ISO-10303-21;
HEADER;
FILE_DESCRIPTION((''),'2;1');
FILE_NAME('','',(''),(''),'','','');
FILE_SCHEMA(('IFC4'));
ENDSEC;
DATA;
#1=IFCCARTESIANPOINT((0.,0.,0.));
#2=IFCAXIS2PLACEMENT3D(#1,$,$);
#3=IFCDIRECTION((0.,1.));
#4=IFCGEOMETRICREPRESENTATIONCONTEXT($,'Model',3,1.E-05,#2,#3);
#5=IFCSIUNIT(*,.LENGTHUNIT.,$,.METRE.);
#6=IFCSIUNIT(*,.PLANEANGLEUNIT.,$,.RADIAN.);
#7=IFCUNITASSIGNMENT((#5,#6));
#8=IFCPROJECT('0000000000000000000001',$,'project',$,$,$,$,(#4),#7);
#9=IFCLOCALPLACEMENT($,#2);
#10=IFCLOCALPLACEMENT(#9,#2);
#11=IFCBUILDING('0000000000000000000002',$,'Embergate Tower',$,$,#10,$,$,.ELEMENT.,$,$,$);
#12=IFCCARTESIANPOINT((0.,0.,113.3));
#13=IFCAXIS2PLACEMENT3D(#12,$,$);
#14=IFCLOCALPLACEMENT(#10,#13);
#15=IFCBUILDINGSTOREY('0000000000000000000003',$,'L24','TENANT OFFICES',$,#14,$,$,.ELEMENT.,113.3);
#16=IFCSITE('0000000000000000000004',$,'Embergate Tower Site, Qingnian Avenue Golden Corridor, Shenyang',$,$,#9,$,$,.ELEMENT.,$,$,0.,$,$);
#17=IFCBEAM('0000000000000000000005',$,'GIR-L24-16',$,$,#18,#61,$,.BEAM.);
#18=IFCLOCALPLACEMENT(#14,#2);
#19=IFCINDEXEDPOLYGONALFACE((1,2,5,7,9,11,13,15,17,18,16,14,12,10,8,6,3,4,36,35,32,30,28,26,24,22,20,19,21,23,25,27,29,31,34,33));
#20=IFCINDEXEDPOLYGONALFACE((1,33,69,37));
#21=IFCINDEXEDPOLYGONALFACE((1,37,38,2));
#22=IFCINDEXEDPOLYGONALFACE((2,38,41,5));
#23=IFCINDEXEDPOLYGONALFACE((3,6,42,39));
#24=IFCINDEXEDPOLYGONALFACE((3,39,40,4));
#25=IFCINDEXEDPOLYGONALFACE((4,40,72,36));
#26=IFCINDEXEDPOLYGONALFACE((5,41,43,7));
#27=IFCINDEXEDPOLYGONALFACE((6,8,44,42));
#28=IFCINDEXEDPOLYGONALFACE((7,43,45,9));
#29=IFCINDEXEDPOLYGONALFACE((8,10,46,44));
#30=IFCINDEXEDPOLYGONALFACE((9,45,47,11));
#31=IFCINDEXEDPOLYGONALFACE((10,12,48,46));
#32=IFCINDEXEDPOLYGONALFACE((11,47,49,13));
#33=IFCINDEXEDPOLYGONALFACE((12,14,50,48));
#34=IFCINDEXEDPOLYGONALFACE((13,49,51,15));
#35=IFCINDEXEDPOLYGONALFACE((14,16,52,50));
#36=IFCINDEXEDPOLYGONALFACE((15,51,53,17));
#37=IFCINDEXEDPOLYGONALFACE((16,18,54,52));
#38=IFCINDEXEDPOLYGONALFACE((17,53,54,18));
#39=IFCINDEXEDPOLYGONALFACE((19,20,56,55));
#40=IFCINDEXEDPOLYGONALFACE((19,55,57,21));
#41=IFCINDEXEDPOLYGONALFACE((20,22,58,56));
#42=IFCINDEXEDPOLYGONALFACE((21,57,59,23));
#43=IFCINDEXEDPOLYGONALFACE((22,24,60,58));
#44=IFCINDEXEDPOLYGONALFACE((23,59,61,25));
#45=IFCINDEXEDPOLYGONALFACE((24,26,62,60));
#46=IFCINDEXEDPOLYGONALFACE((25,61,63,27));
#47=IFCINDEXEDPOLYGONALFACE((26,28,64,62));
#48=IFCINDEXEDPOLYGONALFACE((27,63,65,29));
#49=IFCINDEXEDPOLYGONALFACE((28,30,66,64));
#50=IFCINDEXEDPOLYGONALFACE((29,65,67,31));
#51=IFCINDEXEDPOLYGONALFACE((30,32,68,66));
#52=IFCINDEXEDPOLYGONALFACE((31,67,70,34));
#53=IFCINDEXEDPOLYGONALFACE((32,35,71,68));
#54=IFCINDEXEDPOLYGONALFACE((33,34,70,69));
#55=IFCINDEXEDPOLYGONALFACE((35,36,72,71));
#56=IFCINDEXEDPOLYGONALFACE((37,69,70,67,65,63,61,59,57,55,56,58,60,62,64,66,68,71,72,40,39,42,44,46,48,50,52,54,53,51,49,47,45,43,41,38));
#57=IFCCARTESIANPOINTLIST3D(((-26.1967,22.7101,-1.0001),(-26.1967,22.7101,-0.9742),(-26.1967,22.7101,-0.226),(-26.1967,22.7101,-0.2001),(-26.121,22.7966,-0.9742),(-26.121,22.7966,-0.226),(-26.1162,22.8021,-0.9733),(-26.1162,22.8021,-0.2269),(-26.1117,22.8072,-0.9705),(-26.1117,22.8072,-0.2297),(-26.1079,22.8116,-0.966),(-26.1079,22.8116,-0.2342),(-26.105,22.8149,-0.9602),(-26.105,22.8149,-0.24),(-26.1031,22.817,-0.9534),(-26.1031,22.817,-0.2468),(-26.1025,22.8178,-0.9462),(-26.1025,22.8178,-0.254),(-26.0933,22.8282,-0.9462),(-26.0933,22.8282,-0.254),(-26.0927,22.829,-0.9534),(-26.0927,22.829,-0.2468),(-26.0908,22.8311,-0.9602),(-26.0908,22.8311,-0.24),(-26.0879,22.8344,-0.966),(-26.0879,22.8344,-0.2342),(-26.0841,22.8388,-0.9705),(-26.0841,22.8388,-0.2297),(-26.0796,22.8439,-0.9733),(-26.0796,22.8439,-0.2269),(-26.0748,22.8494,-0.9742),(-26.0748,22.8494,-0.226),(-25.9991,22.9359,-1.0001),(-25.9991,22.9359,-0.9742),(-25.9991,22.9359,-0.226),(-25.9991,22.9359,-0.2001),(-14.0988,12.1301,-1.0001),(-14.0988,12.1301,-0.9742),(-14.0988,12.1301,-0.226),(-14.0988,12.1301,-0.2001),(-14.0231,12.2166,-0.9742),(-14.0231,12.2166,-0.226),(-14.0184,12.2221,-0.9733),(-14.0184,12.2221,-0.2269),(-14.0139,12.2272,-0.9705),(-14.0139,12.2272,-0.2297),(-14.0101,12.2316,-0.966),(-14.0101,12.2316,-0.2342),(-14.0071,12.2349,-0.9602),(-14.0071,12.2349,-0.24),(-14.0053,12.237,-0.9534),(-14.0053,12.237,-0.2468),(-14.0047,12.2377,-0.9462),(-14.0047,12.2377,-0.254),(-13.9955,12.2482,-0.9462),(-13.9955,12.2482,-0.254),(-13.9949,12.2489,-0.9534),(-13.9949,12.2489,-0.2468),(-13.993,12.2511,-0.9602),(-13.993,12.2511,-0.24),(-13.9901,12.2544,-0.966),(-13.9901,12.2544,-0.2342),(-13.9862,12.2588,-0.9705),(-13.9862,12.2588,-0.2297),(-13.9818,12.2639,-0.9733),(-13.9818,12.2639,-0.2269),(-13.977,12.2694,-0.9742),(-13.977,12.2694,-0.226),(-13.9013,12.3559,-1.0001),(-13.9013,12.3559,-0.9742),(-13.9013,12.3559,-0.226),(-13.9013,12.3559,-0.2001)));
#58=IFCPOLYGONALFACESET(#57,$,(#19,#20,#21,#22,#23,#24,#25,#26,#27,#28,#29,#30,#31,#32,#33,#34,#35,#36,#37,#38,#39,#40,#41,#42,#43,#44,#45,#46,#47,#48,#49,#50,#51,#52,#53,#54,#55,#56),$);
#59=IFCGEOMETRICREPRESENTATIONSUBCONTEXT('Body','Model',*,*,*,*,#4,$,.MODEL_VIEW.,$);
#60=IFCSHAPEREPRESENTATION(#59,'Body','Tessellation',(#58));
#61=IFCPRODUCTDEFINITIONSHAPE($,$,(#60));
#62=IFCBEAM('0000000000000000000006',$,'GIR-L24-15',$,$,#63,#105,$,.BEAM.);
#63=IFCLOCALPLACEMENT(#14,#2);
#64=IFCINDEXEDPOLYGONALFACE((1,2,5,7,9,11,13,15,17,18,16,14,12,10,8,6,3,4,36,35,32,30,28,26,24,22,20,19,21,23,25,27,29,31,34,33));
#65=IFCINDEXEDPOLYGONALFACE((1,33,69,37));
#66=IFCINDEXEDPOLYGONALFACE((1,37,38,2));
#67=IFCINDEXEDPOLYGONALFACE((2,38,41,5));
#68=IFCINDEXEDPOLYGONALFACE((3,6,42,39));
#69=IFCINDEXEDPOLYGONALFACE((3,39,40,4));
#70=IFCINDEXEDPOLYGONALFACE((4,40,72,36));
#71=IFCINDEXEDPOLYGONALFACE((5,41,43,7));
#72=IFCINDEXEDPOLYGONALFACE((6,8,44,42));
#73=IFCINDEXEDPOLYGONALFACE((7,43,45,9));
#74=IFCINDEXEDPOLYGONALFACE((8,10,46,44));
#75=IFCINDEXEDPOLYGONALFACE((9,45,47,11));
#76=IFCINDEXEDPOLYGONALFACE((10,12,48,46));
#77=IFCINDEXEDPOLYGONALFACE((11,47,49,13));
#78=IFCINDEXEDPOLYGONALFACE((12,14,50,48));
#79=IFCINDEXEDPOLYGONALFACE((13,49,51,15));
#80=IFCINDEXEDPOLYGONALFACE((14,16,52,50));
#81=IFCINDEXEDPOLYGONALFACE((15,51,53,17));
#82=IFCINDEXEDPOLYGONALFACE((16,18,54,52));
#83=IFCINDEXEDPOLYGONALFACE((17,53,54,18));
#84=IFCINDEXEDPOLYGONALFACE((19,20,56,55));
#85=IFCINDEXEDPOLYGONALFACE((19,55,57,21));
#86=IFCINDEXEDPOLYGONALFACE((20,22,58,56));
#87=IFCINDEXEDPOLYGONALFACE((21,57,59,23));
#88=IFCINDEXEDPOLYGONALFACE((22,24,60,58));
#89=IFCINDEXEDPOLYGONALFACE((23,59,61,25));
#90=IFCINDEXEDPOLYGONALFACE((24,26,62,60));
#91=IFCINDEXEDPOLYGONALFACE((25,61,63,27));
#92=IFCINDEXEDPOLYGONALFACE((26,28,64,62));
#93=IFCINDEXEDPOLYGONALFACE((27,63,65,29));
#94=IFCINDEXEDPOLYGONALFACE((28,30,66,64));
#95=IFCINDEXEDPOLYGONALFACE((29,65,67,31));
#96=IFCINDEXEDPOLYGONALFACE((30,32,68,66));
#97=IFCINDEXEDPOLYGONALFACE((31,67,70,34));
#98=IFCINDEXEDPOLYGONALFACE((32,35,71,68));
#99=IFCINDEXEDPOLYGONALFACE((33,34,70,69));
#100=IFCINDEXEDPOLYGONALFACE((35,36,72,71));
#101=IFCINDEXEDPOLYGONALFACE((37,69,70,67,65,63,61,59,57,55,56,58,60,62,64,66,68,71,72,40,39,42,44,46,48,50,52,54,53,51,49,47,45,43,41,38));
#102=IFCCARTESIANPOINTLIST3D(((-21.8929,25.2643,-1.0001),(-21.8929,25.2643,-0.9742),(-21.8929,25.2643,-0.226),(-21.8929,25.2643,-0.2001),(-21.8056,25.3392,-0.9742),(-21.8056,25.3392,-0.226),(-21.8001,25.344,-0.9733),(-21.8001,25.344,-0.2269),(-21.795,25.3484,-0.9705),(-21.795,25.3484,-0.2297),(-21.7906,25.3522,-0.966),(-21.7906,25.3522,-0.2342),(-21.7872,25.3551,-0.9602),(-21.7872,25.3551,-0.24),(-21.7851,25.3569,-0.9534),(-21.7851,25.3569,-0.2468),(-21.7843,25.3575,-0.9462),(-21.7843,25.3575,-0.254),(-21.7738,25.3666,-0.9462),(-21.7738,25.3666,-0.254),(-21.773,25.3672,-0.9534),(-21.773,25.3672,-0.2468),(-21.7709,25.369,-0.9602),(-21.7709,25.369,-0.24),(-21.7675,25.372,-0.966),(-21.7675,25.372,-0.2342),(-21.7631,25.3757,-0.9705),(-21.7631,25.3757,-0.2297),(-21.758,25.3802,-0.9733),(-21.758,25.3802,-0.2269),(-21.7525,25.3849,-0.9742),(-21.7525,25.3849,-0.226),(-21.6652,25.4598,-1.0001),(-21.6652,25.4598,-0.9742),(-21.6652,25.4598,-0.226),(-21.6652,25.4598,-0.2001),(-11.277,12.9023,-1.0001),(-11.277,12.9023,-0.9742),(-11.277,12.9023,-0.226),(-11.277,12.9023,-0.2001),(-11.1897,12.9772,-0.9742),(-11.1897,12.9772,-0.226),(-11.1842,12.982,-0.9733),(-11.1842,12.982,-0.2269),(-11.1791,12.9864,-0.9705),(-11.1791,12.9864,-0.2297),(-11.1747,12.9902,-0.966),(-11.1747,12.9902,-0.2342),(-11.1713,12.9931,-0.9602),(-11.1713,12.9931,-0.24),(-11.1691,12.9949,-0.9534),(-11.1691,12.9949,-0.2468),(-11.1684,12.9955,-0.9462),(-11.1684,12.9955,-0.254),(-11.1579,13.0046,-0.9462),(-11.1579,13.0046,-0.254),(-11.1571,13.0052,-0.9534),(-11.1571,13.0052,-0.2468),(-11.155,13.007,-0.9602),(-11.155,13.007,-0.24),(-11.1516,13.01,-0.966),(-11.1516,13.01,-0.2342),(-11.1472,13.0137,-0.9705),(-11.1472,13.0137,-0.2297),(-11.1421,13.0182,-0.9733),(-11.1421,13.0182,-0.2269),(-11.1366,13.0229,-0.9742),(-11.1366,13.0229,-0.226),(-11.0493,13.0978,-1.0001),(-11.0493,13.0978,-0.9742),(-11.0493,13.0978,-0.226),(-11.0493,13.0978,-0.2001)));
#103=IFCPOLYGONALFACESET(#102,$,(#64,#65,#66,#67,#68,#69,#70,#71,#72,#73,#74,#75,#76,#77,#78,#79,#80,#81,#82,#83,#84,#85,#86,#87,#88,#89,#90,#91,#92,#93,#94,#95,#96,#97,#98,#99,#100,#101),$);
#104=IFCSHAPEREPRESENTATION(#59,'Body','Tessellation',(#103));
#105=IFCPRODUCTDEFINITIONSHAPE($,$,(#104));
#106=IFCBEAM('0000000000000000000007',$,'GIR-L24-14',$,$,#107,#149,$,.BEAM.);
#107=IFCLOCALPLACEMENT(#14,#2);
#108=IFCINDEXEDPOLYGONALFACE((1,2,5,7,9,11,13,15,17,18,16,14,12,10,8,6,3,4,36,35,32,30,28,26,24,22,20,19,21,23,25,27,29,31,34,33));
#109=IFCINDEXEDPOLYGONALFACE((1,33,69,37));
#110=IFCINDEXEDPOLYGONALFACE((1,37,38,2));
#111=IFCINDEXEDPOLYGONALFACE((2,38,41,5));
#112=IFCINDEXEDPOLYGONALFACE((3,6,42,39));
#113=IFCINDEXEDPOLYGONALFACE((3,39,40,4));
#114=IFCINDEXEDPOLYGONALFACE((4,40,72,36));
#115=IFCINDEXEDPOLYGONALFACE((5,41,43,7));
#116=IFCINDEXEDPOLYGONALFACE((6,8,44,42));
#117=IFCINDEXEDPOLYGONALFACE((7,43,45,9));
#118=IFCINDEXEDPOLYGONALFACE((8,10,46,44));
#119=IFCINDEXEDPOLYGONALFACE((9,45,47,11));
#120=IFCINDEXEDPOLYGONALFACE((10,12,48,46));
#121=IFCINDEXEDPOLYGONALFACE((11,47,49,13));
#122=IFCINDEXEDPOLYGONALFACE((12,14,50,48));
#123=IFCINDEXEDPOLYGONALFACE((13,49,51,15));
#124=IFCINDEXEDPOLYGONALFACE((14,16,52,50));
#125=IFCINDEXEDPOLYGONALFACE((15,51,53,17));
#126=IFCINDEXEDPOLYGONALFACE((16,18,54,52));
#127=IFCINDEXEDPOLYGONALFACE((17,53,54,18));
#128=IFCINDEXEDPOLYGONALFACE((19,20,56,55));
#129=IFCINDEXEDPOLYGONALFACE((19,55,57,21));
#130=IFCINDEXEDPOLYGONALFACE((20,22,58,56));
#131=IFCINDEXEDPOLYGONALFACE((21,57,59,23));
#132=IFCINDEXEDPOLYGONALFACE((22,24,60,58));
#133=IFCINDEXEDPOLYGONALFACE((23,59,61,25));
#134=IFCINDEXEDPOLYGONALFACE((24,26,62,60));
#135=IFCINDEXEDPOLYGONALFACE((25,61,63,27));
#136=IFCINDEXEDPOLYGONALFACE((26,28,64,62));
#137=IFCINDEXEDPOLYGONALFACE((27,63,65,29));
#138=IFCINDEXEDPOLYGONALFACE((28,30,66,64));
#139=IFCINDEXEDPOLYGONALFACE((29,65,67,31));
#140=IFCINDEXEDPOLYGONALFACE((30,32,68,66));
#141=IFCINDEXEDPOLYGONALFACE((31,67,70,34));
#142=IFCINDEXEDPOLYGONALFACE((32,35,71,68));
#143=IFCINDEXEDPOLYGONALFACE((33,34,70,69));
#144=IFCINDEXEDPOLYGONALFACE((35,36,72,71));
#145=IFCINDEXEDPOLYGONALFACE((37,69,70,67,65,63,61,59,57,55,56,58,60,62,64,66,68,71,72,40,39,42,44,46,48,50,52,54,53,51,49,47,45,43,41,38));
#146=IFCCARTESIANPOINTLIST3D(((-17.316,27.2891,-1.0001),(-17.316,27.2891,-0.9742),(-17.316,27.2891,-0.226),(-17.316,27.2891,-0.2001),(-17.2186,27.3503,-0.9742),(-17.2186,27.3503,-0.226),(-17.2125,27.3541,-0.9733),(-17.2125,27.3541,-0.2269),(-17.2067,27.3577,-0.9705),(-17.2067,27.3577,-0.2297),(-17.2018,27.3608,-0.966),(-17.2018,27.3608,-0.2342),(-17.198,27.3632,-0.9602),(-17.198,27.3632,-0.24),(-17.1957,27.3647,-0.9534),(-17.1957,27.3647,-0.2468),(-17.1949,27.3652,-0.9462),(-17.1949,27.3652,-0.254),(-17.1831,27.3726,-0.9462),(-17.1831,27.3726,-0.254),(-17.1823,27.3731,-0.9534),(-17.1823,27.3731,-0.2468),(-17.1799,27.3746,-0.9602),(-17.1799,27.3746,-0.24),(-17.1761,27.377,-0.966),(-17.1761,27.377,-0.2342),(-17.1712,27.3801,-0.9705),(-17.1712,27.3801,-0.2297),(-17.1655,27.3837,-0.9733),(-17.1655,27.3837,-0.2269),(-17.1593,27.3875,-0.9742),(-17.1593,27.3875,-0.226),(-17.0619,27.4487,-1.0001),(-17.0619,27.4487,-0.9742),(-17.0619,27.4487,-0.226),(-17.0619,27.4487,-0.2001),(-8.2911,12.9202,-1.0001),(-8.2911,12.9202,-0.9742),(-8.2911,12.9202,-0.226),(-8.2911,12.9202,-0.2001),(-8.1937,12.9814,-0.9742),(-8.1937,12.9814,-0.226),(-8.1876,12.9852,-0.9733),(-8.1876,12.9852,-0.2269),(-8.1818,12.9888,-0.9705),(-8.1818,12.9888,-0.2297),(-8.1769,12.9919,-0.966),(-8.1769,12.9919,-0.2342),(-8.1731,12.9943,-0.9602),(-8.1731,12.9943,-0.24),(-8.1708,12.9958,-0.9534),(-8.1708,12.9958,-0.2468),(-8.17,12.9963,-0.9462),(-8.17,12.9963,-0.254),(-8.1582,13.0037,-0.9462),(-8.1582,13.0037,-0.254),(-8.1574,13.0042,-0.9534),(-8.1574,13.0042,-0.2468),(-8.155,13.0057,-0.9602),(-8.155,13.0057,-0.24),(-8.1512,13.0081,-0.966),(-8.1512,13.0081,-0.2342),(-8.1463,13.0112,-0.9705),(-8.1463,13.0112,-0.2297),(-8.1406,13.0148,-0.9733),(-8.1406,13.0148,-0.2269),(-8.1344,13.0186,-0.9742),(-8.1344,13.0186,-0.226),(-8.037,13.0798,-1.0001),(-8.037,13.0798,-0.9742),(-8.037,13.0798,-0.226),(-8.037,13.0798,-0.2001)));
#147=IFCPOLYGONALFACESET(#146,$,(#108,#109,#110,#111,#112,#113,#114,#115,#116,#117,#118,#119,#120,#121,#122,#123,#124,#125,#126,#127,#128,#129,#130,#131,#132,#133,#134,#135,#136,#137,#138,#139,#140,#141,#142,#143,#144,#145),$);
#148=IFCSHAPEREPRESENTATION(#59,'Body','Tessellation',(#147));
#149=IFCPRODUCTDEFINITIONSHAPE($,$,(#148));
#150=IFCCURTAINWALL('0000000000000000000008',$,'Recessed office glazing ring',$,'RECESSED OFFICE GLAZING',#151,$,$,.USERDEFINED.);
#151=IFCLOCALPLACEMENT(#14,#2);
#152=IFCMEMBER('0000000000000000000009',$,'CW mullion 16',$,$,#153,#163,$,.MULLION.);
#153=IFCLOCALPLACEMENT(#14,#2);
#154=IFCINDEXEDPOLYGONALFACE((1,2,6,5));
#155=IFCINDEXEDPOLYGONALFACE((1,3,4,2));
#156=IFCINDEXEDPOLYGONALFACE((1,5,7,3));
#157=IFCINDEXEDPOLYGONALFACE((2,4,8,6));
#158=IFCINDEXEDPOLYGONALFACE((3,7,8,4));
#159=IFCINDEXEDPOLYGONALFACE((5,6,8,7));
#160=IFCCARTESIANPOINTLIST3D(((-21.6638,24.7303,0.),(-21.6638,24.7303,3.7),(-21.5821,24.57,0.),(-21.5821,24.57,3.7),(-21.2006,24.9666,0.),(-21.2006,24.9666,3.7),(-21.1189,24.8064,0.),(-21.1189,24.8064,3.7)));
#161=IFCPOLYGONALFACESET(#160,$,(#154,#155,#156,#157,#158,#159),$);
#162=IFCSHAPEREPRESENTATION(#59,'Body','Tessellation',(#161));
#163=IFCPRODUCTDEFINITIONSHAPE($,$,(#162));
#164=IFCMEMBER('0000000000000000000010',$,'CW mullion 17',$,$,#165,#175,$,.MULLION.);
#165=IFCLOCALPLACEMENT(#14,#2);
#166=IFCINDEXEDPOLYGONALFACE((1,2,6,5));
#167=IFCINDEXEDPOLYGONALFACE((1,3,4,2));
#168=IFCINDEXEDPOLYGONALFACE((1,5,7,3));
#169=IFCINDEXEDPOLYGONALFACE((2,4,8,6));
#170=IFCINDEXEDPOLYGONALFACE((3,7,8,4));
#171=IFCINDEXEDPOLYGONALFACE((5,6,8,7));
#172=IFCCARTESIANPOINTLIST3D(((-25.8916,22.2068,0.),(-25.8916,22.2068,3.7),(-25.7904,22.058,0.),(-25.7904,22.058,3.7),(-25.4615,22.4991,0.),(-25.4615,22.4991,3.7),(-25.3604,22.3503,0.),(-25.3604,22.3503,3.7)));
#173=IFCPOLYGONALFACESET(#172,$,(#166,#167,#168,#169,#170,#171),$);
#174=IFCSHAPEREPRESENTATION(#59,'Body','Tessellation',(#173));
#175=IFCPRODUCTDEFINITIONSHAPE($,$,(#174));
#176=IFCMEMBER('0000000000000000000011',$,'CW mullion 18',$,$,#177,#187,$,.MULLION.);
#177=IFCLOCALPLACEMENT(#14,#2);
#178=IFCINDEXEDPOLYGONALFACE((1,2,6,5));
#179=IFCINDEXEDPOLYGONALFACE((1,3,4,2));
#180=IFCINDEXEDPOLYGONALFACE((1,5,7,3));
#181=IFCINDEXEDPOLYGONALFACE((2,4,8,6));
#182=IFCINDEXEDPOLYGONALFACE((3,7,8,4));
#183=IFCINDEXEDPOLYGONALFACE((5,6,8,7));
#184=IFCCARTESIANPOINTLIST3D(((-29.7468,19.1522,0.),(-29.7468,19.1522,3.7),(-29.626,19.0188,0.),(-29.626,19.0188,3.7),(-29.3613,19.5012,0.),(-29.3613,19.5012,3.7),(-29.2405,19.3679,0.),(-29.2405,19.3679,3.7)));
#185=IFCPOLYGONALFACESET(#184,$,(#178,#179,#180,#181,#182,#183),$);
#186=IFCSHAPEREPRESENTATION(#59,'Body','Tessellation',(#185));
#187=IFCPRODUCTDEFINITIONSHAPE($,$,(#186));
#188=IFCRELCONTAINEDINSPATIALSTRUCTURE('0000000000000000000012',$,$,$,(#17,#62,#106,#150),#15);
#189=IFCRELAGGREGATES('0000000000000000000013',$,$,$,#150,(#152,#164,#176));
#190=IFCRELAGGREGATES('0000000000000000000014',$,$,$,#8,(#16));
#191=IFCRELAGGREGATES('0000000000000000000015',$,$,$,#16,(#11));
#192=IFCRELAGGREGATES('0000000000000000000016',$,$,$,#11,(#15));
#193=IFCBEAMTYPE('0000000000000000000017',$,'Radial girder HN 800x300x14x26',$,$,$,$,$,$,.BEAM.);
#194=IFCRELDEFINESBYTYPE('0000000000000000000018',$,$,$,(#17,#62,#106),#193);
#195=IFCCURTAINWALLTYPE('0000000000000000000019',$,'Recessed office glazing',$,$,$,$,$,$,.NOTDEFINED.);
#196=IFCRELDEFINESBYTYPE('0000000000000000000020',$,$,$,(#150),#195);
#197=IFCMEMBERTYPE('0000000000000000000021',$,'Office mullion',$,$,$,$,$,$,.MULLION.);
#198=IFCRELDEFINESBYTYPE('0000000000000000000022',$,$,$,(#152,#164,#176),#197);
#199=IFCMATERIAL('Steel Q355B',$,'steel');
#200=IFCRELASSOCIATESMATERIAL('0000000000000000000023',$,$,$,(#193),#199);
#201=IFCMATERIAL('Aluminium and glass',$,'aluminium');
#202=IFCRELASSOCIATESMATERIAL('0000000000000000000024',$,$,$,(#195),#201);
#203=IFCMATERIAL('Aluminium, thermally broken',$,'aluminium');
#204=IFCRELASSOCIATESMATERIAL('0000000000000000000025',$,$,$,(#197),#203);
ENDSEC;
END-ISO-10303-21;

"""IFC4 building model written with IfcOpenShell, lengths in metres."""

from ifc_helpers import new_model, si_unit, direction, frame, origin, origin_2d, place, context, subcontext, project, spatial, rectangle, i_section, extrude, source, transform, mapped, material, material_profile, profile_set, type_object, element, aggregate, save


model = new_model("IFC4")

# Units and contexts
model_context = context("Model", 3, precision=1e-05, world=origin(), true_north=direction((0.0, 1.0)))
body_context = subcontext(model_context, "Body", "Model", "MODEL_VIEW")
ifc_project = project(units=[si_unit("LENGTHUNIT", "METRE"), si_unit("PLANEANGLEUNIT", "RADIAN")], contexts=[model_context])

# Site, building, storey
site_placement = place(None, origin())
site = spatial("IfcSite", under=ifc_project, at=site_placement, Name="Embergate Tower Site, Qingnian Avenue Golden Corridor, Shenyang", CompositionType="ELEMENT", RefElevation=0.0)
building_placement = place(site_placement, origin())
building = spatial("IfcBuilding", under=site, at=building_placement, Name="Embergate Tower", CompositionType="ELEMENT")
storey_placement = place(building_placement, frame((0.0, 0.0, 113.3)))
storey = spatial("IfcBuildingStorey", under=building, at=storey_placement, Name="L24", Description="TENANT OFFICES", CompositionType="ELEMENT", Elevation=113.3)

# Beams
ifc_material_1 = material(Name="Steel Q355B", Category="steel")
ifc_material_profile_1 = material_profile(ifc_material_1, i_section(OverallWidth=0.3, OverallDepth=0.8, WebThickness=0.0139, FlangeThickness=0.0259, FilletRadius=0.0281, at=origin_2d()), Name="HN 800x300x14x26")
ifc_profile_set_1 = profile_set([ifc_material_profile_1], Name="Steel Q355 grade B")
beam_type_1 = type_object("IfcBeamType", Name="Radial girder HN 800x300x14x26", PredefinedType="BEAM", material=ifc_profile_set_1)
shared_shape_1 = source(origin(), body_context, "Body", "SweptSolid", [
    extrude(i_section(OverallWidth=0.3, OverallDepth=0.8, WebThickness=0.0139, FlangeThickness=0.0259, FilletRadius=0.0281, at=origin_2d()), origin(), (0.0, 0.0, 1.0), 16.0715),
])
beam_1_placement = place(storey_placement, frame((-26.0979, 22.823, -0.6001), z_axis=(0.752749, -0.658308, 0.0), x_axis=(0.658308, 0.752749, 0.0)))
element("IfcBeam", 1, at=beam_1_placement, inside=storey, type_object=beam_type_1, Name="GIR-L24-16", PredefinedType="BEAM", context=body_context, shape_type="MappedRepresentation", body=[
    mapped(shared_shape_1, transform((0.0, 0.0, 0.0))),
])
shared_shape_2 = source(origin(), body_context, "Body", "SweptSolid", [
    extrude(i_section(OverallWidth=0.3, OverallDepth=0.8, WebThickness=0.0139, FlangeThickness=0.0259, FilletRadius=0.0281, at=origin_2d()), origin(), (0.0, 0.0, 1.0), 16.2947),
])
beam_2_placement = place(storey_placement, frame((-21.7791, 25.3621, -0.6001), z_axis=(0.651496, -0.758652, 0.0), x_axis=(0.758652, 0.651496, 0.0)))
element("IfcBeam", 2, at=beam_2_placement, inside=storey, type_object=beam_type_1, Name="GIR-L24-15", PredefinedType="BEAM", context=body_context, shape_type="MappedRepresentation", body=[
    mapped(shared_shape_2, transform((0.0, 0.0, 0.0))),
])
shared_shape_3 = source(origin(), body_context, "Body", "SweptSolid", [
    extrude(i_section(OverallWidth=0.3, OverallDepth=0.8, WebThickness=0.0139, FlangeThickness=0.0259, FilletRadius=0.0281, at=origin_2d()), origin(), (0.0, 0.0, 1.0), 16.968),
])
beam_3_placement = place(storey_placement, frame((-17.189, 27.3689, -0.6001), z_axis=(0.531877, -0.846822, 0.0), x_axis=(0.846822, 0.531877, 0.0)))
element("IfcBeam", 3, at=beam_3_placement, inside=storey, type_object=beam_type_1, Name="GIR-L24-14", PredefinedType="BEAM", context=body_context, shape_type="MappedRepresentation", body=[
    mapped(shared_shape_3, transform((0.0, 0.0, 0.0))),
])

# Curtain wall, members
ifc_material_2 = material(Name="Aluminium and glass", Category="aluminium")
curtain_wall_type = type_object("IfcCurtainWallType", Name="Recessed office glazing", PredefinedType="NOTDEFINED", material=ifc_material_2)
curtain_wall_placement = place(storey_placement, origin())
curtain_wall = element("IfcCurtainWall", 4, at=curtain_wall_placement, inside=storey, type_object=curtain_wall_type, Name="Recessed office glazing ring", ObjectType="RECESSED OFFICE GLAZING", PredefinedType="USERDEFINED")
ifc_material_3 = material(Name="Aluminium, thermally broken", Category="aluminium")
ifc_material_profile_2 = material_profile(ifc_material_3, rectangle(XDim=0.1799, YDim=0.52, at=origin_2d()), Name="AL 520x180")
ifc_profile_set_2 = profile_set([ifc_material_profile_2], Name="Aluminium, thermally broken")
member_type_1 = type_object("IfcMemberType", Name="Office mullion", PredefinedType="MULLION", material=ifc_profile_set_2)
shared_shape_4 = source(origin(), body_context, "Body", "SweptSolid", [
    extrude(rectangle(XDim=0.1799, YDim=0.52, at=origin_2d()), origin(), (0.0, 0.0, 1.0), 3.7),
])
member_1_placement = place(storey_placement, frame((-21.3914, 24.7683, 0.0), z_axis=(0.0, 0.0, 1.0), x_axis=(0.454516, -0.890739, 0.0)))
member_1 = element("IfcMember", 5, at=member_1_placement, type_object=member_type_1, Name="CW mullion 16", PredefinedType="MULLION", context=body_context, shape_type="MappedRepresentation", body=[
    mapped(shared_shape_4, transform((0.0, 0.0, 0.0))),
])
member_2_placement = place(storey_placement, frame((-25.626, 22.2786, 0.0), z_axis=(0.0, 0.0, 1.0), x_axis=(0.562223, -0.826985, 0.0)))
member_2 = element("IfcMember", 6, at=member_2_placement, type_object=member_type_1, Name="CW mullion 17", PredefinedType="MULLION", context=body_context, shape_type="MappedRepresentation", body=[
    mapped(shared_shape_4, transform((0.0, 0.0, 0.0))),
])
member_3_placement = place(storey_placement, frame((-29.4937, 19.26, 0.0), z_axis=(0.0, 0.0, 1.0), x_axis=(0.671233, -0.741246, 0.0)))
member_3 = element("IfcMember", 7, at=member_3_placement, type_object=member_type_1, Name="CW mullion 18", PredefinedType="MULLION", context=body_context, shape_type="MappedRepresentation", body=[
    mapped(shared_shape_4, transform((0.0, 0.0, 0.0))),
])
aggregate(curtain_wall, [member_1, member_2, member_3])

save(model, "model.ifc")
